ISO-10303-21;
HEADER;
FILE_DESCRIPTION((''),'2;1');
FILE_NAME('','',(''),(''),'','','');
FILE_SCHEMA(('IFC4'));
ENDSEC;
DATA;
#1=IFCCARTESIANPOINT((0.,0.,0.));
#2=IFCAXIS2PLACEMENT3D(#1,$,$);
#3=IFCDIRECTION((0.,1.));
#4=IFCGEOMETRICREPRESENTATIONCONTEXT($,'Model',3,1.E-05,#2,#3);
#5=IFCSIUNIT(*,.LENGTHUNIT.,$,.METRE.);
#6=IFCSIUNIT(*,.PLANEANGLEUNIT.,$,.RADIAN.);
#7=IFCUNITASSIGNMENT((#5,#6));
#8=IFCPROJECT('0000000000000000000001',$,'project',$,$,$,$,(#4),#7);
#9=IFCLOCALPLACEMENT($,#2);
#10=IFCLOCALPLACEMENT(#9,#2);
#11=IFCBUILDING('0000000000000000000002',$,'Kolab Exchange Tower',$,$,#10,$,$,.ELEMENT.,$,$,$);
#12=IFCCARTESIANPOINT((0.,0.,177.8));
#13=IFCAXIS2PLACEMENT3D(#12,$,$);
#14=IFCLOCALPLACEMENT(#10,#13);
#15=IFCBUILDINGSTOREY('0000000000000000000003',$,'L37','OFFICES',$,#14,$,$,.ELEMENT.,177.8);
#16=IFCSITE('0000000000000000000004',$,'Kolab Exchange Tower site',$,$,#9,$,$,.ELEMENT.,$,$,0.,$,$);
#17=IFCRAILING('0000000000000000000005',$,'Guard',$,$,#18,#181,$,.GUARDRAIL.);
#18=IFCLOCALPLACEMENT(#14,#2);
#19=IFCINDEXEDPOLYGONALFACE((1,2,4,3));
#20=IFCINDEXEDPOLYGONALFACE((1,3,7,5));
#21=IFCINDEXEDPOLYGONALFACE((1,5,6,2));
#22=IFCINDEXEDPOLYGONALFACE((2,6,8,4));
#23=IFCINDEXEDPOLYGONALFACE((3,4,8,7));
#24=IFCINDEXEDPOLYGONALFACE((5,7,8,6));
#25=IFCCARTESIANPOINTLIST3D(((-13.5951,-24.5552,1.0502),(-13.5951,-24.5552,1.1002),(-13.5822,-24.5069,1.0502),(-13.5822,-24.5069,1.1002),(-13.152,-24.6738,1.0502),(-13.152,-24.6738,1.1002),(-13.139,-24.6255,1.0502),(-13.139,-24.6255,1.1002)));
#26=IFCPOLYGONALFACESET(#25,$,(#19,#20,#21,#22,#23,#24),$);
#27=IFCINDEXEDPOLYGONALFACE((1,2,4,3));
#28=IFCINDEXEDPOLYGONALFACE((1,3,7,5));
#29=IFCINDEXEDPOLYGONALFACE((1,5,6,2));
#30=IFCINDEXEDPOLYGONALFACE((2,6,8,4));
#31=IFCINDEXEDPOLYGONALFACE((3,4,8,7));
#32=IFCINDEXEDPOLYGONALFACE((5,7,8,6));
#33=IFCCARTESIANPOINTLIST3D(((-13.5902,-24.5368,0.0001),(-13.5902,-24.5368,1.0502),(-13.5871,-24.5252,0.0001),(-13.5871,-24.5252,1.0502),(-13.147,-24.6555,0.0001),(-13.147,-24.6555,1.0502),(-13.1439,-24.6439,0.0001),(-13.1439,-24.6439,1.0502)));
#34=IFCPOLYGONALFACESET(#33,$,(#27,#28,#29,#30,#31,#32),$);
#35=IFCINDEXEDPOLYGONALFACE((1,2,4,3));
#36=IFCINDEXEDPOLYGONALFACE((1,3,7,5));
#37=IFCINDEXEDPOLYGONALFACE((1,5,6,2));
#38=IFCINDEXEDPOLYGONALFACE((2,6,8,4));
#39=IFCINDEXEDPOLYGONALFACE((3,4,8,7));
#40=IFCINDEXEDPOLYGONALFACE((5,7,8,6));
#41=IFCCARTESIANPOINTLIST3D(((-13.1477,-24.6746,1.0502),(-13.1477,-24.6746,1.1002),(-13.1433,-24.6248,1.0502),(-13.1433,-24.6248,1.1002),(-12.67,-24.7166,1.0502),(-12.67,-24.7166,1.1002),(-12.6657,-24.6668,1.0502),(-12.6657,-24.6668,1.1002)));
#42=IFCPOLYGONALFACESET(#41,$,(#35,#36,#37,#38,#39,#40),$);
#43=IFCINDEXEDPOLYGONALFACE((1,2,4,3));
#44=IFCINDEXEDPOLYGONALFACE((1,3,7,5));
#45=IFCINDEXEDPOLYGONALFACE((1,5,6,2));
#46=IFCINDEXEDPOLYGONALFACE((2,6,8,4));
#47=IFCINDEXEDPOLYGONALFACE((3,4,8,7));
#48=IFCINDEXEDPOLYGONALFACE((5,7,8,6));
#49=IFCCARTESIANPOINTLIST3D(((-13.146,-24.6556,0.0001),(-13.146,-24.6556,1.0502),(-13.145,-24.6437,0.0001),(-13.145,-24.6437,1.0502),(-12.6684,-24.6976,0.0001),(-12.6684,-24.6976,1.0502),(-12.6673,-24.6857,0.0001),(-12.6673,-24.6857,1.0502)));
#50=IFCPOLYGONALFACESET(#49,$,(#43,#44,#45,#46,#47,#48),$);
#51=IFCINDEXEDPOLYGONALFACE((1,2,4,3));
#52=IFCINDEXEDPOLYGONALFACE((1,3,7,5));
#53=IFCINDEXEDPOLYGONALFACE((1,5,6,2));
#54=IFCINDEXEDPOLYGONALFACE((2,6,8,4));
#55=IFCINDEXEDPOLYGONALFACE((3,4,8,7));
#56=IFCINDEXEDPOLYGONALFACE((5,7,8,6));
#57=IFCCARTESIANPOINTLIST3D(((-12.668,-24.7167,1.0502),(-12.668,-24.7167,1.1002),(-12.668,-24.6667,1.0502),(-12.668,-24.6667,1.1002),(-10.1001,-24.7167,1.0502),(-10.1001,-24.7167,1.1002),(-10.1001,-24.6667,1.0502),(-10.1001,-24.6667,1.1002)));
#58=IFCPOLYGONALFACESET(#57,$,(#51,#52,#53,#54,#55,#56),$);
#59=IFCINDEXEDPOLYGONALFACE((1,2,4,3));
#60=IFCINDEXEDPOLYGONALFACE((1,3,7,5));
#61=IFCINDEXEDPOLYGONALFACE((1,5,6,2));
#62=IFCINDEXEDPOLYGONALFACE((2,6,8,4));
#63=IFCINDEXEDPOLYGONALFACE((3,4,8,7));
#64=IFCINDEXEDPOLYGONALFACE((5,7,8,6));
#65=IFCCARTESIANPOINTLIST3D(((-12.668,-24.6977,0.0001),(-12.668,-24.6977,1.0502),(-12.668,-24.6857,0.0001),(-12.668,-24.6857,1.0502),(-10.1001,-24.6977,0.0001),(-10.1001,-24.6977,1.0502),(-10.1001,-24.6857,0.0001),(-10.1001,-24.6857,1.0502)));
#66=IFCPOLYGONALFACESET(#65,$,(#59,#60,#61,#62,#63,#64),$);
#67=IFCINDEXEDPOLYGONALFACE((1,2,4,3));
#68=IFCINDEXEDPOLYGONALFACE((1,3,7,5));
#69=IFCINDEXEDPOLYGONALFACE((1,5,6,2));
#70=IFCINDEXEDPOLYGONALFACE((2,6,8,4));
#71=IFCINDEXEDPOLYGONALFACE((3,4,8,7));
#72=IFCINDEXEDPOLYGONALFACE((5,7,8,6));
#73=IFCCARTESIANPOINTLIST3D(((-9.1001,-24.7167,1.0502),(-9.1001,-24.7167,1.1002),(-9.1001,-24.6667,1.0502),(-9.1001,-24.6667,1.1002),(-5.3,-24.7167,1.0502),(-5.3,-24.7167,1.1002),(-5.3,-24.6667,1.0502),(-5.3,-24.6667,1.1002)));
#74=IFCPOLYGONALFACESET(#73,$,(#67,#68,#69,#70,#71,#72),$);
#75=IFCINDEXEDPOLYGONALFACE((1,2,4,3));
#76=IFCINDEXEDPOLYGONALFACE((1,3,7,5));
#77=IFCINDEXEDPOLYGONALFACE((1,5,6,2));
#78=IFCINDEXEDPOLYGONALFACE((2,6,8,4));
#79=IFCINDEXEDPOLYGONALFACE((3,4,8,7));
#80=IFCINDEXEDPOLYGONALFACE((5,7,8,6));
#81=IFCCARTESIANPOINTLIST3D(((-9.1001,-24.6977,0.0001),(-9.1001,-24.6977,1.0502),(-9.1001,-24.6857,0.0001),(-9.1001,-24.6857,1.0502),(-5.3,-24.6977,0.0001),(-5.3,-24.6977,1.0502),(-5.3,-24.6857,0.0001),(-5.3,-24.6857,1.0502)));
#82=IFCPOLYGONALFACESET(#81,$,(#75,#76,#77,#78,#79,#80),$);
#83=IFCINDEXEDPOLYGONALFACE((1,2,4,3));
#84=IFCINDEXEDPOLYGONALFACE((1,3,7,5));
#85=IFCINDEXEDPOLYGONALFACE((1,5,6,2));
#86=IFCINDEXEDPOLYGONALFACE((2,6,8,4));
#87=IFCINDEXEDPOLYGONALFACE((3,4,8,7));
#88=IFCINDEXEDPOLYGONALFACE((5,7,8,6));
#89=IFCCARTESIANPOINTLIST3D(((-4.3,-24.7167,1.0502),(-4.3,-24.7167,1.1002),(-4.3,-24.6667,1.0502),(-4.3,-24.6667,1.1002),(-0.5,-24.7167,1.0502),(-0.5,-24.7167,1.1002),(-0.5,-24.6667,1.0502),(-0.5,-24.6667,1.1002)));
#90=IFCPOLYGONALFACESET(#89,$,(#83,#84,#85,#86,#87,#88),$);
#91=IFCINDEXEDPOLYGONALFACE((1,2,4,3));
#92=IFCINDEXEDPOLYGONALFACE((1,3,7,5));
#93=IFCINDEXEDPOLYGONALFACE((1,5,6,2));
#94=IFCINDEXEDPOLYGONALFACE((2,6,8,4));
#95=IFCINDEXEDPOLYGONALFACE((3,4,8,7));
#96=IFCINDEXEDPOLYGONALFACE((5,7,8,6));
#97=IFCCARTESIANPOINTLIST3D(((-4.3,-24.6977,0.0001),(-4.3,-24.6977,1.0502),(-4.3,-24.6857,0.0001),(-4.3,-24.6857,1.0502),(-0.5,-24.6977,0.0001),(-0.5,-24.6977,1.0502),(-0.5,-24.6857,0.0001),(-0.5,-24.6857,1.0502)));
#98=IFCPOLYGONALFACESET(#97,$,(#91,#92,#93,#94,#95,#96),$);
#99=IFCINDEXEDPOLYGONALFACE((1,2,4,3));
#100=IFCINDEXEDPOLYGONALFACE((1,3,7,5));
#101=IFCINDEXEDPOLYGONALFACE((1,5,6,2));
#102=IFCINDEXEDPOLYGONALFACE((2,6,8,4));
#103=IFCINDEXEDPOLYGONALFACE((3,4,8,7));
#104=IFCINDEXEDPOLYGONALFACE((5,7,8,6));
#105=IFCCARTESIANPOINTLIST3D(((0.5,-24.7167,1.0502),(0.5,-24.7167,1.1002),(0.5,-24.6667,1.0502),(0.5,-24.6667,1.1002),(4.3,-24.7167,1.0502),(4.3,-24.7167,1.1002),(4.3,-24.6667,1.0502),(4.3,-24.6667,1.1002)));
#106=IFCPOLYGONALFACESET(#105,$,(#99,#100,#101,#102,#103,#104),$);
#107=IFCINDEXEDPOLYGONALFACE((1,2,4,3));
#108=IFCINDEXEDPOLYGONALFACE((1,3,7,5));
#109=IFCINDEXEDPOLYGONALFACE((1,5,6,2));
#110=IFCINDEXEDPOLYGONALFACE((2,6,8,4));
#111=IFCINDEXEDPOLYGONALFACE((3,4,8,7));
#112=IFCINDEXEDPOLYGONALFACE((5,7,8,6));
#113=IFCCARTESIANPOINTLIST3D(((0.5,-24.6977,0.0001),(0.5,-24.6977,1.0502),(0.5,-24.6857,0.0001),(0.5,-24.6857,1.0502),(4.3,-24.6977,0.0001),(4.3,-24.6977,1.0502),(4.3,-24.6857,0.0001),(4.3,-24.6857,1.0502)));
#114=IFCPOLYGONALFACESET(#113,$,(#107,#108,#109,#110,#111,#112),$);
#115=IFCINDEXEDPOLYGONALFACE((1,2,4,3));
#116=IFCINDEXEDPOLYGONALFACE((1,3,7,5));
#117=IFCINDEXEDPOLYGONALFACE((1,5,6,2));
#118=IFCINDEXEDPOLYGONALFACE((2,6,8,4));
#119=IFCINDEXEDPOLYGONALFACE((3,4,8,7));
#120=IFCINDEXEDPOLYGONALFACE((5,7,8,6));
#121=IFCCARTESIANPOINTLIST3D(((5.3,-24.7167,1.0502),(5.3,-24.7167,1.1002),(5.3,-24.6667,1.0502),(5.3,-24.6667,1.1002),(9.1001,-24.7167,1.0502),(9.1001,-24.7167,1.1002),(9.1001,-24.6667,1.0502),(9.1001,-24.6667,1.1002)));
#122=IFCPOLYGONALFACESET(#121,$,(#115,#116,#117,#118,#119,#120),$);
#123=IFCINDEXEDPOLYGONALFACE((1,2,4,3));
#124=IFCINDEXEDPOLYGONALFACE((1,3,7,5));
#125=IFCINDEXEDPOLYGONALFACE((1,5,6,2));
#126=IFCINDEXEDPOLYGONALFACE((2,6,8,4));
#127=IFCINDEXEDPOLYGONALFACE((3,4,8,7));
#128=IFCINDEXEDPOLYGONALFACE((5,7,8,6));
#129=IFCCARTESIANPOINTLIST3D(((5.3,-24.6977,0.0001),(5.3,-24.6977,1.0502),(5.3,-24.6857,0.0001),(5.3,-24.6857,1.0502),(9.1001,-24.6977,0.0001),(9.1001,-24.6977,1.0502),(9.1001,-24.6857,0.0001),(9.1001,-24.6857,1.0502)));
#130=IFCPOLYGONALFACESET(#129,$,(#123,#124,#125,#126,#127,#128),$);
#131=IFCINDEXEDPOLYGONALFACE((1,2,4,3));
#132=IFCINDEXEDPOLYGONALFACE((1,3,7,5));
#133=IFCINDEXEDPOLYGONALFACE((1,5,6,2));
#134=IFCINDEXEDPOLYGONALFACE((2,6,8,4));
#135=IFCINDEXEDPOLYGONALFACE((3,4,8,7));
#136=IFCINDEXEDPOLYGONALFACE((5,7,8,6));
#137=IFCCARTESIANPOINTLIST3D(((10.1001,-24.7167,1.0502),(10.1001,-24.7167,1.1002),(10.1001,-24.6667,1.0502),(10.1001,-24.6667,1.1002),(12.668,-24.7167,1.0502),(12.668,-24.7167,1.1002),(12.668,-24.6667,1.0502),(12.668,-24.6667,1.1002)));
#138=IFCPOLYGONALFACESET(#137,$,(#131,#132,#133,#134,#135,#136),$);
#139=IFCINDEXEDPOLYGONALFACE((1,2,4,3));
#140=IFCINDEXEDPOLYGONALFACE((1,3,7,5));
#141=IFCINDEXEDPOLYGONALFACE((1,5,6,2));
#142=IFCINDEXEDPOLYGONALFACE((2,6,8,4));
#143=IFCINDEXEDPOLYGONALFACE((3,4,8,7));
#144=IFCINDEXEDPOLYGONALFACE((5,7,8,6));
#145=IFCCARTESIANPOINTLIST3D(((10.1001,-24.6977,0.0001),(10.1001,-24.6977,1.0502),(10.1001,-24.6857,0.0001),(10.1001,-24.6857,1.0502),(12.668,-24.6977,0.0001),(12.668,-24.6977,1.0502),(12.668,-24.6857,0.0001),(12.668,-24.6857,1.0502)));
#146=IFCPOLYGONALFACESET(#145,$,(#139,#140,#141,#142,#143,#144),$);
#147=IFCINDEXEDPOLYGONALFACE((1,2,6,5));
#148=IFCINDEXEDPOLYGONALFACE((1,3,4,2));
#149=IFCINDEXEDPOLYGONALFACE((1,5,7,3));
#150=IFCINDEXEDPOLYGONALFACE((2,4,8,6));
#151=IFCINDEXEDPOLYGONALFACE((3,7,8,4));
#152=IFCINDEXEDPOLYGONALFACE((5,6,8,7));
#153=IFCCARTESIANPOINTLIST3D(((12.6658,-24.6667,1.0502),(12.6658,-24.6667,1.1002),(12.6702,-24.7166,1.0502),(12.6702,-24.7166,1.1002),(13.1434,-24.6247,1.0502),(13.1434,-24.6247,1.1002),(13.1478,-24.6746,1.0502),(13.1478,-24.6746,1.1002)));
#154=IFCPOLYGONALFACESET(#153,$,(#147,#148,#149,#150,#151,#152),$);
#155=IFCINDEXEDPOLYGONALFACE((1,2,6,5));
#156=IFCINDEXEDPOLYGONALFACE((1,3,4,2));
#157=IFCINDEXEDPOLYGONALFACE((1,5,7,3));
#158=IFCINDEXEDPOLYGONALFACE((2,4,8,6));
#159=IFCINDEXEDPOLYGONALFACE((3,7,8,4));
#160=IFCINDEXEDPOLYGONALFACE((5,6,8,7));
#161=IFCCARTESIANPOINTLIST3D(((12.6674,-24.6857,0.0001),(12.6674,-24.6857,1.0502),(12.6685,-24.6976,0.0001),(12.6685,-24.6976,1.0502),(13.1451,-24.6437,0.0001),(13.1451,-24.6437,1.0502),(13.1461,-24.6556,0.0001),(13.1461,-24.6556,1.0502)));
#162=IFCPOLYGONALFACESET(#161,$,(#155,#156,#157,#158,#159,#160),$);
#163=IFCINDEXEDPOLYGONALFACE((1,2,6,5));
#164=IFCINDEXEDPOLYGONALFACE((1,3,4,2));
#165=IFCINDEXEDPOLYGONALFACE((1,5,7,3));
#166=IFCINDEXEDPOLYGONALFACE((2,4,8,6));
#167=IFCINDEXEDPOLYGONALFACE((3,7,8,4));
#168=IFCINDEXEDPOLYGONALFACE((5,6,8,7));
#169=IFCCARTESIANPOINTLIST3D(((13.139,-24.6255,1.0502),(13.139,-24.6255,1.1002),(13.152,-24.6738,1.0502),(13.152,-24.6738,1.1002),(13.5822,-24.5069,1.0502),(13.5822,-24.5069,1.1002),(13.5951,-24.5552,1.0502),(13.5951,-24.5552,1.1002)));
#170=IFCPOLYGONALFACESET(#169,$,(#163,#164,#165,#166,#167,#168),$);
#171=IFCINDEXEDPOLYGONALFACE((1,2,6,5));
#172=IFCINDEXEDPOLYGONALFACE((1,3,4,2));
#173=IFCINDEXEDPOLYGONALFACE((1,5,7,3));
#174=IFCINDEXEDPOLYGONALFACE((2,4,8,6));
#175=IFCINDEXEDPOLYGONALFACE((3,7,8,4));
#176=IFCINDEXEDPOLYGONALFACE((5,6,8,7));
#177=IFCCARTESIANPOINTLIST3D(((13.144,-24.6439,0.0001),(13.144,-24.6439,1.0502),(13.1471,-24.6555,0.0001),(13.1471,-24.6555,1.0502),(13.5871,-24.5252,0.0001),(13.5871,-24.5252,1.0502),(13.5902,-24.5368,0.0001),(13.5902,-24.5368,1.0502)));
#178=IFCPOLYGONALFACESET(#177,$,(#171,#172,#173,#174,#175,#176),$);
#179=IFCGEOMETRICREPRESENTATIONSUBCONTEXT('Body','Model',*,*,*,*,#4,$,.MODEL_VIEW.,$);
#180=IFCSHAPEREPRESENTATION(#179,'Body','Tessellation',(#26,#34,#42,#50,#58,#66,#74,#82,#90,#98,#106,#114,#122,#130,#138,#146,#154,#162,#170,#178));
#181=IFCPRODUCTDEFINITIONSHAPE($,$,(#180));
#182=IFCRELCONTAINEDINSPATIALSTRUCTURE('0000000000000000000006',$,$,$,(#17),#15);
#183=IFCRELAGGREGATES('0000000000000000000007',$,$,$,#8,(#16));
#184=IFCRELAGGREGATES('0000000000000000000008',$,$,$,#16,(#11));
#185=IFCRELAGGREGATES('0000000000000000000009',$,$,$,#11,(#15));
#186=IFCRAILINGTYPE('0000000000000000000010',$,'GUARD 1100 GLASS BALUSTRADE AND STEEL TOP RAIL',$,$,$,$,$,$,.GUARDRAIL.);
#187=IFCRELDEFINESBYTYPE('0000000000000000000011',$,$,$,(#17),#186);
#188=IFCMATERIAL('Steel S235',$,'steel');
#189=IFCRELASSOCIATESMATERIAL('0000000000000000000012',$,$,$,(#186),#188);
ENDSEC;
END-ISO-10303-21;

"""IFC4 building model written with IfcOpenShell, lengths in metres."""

from ifc_helpers import new_model, si_unit, direction, frame, frame_2d, origin, origin_2d, place, context, subcontext, project, spatial, rectangle, extrude, material, type_object, element, save


model = new_model("IFC4")

# Units and contexts
model_context = context("Model", 3, precision=1e-05, world=origin(), true_north=direction((0.0, 1.0)))
body_context = subcontext(model_context, "Body", "Model", "MODEL_VIEW")
ifc_project = project(units=[si_unit("LENGTHUNIT", "METRE"), si_unit("PLANEANGLEUNIT", "RADIAN")], contexts=[model_context])

# Site, building, storey
site_placement = place(None, origin())
site = spatial("IfcSite", under=ifc_project, at=site_placement, Name="Kolab Exchange Tower site", CompositionType="ELEMENT", RefElevation=0.0)
building_placement = place(site_placement, origin())
building = spatial("IfcBuilding", under=site, at=building_placement, Name="Kolab Exchange Tower", CompositionType="ELEMENT")
storey_placement = place(building_placement, frame((0.0, 0.0, 177.8)))
storey = spatial("IfcBuildingStorey", under=building, at=storey_placement, Name="L37", Description="OFFICES", CompositionType="ELEMENT", Elevation=177.8)

# Railing
ifc_material_1 = material(Name="Steel S235", Category="steel")
railing_type = type_object("IfcRailingType", Name="GUARD 1100 GLASS BALUSTRADE AND STEEL TOP RAIL", PredefinedType="GUARDRAIL", material=ifc_material_1)
railing_placement = place(storey_placement, frame((-13.5886, -24.531, 0.0)))
element("IfcRailing", 1, at=railing_placement, inside=storey, type_object=railing_type, Name="Guard", PredefinedType="GUARDRAIL", context=body_context, shape_type="SweptSolid", body=[
    extrude(rectangle(XDim=0.05, YDim=0.05, at=origin_2d()), frame((0.0, 0.0, 1.0752), z_axis=(0.965969, -0.258656, 0.0), x_axis=(0.258656, 0.965969, 0.0)), (0.0, 0.0, 1.0), 0.4587),
    extrude(rectangle(XDim=0.012, YDim=1.0501, at=frame_2d((0.0, 0.5251))), frame((0.0, 0.0, 0.0), z_axis=(0.965969, -0.258656, 0.0), x_axis=(0.258656, 0.965969, 0.0)), (0.0, 0.0, 1.0), 0.4587),
    extrude(rectangle(XDim=0.05, YDim=0.05, at=origin_2d()), frame((0.4431, -0.1187, 1.0752), z_axis=(0.996156, -0.087597, 0.0), x_axis=(0.087597, 0.996156, 0.0)), (0.0, 0.0, 1.0), 0.4795),
    extrude(rectangle(XDim=0.012, YDim=1.0501, at=frame_2d((0.0, 0.5251))), frame((0.4431, -0.1187, 0.0), z_axis=(0.996156, -0.087597, 0.0), x_axis=(0.087597, 0.996156, 0.0)), (0.0, 0.0, 1.0), 0.4795),
    extrude(rectangle(XDim=0.05, YDim=0.05, at=origin_2d()), frame((0.9207, -0.1606, 1.0752), z_axis=(1.0, 0.0, 0.0), x_axis=(0.0, 1.0, 0.0)), (0.0, 0.0, 1.0), 2.5679),
    extrude(rectangle(XDim=0.012, YDim=1.0501, at=frame_2d((0.0, 0.5251))), frame((0.9207, -0.1606, 0.0), z_axis=(1.0, 0.0, 0.0), x_axis=(0.0, 1.0, 0.0)), (0.0, 0.0, 1.0), 2.5679),
    extrude(rectangle(XDim=0.05, YDim=0.05, at=origin_2d()), frame((4.4885, -0.1606, 1.0752), z_axis=(1.0, 0.0, 0.0), x_axis=(0.0, 1.0, 0.0)), (0.0, 0.0, 1.0), 3.8),
    extrude(rectangle(XDim=0.012, YDim=1.0501, at=frame_2d((0.0, 0.5251))), frame((4.4885, -0.1606, 0.0), z_axis=(1.0, 0.0, 0.0), x_axis=(0.0, 1.0, 0.0)), (0.0, 0.0, 1.0), 3.8),
    extrude(rectangle(XDim=0.05, YDim=0.05, at=origin_2d()), frame((9.2886, -0.1606, 1.0752), z_axis=(1.0, 0.0, 0.0), x_axis=(0.0, 1.0, 0.0)), (0.0, 0.0, 1.0), 3.8),
    extrude(rectangle(XDim=0.012, YDim=1.0501, at=frame_2d((0.0, 0.5251))), frame((9.2886, -0.1606, 0.0), z_axis=(1.0, 0.0, 0.0), x_axis=(0.0, 1.0, 0.0)), (0.0, 0.0, 1.0), 3.8),
    extrude(rectangle(XDim=0.05, YDim=0.05, at=origin_2d()), frame((14.0886, -0.1606, 1.0752), z_axis=(1.0, 0.0, 0.0), x_axis=(0.0, 1.0, 0.0)), (0.0, 0.0, 1.0), 3.8),
    extrude(rectangle(XDim=0.012, YDim=1.0501, at=frame_2d((0.0, 0.5251))), frame((14.0886, -0.1606, 0.0), z_axis=(1.0, 0.0, 0.0), x_axis=(0.0, 1.0, 0.0)), (0.0, 0.0, 1.0), 3.8),
    extrude(rectangle(XDim=0.05, YDim=0.05, at=origin_2d()), frame((18.8887, -0.1606, 1.0752), z_axis=(1.0, 0.0, 0.0), x_axis=(0.0, 1.0, 0.0)), (0.0, 0.0, 1.0), 3.8),
    extrude(rectangle(XDim=0.012, YDim=1.0501, at=frame_2d((0.0, 0.5251))), frame((18.8887, -0.1606, 0.0), z_axis=(1.0, 0.0, 0.0), x_axis=(0.0, 1.0, 0.0)), (0.0, 0.0, 1.0), 3.8),
    extrude(rectangle(XDim=0.05, YDim=0.05, at=origin_2d()), frame((23.6887, -0.1606, 1.0752), z_axis=(1.0, 0.0, 0.0), x_axis=(0.0, 1.0, 0.0)), (0.0, 0.0, 1.0), 2.5679),
    extrude(rectangle(XDim=0.012, YDim=1.0501, at=frame_2d((0.0, 0.5251))), frame((23.6887, -0.1606, 0.0), z_axis=(1.0, 0.0, 0.0), x_axis=(0.0, 1.0, 0.0)), (0.0, 0.0, 1.0), 2.5679),
    extrude(rectangle(XDim=0.05, YDim=0.05, at=origin_2d()), frame((26.2566, -0.1606, 1.0752), z_axis=(0.996156, 0.087597, 0.0), x_axis=(-0.087597, 0.996156, 0.0)), (0.0, 0.0, 1.0), 0.4795),
    extrude(rectangle(XDim=0.012, YDim=1.0501, at=frame_2d((0.0, 0.5251))), frame((26.2566, -0.1606, 0.0), z_axis=(0.996156, 0.087597, 0.0), x_axis=(-0.087597, 0.996156, 0.0)), (0.0, 0.0, 1.0), 0.4795),
    extrude(rectangle(XDim=0.05, YDim=0.05, at=origin_2d()), frame((26.7341, -0.1187, 1.0752), z_axis=(0.965969, 0.258656, 0.0), x_axis=(-0.258656, 0.965969, 0.0)), (0.0, 0.0, 1.0), 0.4587),
    extrude(rectangle(XDim=0.012, YDim=1.0501, at=frame_2d((0.0, 0.5251))), frame((26.7341, -0.1187, 0.0), z_axis=(0.965969, 0.258656, 0.0), x_axis=(-0.258656, 0.965969, 0.0)), (0.0, 0.0, 1.0), 0.4587),
])

save(model, "model.ifc")
